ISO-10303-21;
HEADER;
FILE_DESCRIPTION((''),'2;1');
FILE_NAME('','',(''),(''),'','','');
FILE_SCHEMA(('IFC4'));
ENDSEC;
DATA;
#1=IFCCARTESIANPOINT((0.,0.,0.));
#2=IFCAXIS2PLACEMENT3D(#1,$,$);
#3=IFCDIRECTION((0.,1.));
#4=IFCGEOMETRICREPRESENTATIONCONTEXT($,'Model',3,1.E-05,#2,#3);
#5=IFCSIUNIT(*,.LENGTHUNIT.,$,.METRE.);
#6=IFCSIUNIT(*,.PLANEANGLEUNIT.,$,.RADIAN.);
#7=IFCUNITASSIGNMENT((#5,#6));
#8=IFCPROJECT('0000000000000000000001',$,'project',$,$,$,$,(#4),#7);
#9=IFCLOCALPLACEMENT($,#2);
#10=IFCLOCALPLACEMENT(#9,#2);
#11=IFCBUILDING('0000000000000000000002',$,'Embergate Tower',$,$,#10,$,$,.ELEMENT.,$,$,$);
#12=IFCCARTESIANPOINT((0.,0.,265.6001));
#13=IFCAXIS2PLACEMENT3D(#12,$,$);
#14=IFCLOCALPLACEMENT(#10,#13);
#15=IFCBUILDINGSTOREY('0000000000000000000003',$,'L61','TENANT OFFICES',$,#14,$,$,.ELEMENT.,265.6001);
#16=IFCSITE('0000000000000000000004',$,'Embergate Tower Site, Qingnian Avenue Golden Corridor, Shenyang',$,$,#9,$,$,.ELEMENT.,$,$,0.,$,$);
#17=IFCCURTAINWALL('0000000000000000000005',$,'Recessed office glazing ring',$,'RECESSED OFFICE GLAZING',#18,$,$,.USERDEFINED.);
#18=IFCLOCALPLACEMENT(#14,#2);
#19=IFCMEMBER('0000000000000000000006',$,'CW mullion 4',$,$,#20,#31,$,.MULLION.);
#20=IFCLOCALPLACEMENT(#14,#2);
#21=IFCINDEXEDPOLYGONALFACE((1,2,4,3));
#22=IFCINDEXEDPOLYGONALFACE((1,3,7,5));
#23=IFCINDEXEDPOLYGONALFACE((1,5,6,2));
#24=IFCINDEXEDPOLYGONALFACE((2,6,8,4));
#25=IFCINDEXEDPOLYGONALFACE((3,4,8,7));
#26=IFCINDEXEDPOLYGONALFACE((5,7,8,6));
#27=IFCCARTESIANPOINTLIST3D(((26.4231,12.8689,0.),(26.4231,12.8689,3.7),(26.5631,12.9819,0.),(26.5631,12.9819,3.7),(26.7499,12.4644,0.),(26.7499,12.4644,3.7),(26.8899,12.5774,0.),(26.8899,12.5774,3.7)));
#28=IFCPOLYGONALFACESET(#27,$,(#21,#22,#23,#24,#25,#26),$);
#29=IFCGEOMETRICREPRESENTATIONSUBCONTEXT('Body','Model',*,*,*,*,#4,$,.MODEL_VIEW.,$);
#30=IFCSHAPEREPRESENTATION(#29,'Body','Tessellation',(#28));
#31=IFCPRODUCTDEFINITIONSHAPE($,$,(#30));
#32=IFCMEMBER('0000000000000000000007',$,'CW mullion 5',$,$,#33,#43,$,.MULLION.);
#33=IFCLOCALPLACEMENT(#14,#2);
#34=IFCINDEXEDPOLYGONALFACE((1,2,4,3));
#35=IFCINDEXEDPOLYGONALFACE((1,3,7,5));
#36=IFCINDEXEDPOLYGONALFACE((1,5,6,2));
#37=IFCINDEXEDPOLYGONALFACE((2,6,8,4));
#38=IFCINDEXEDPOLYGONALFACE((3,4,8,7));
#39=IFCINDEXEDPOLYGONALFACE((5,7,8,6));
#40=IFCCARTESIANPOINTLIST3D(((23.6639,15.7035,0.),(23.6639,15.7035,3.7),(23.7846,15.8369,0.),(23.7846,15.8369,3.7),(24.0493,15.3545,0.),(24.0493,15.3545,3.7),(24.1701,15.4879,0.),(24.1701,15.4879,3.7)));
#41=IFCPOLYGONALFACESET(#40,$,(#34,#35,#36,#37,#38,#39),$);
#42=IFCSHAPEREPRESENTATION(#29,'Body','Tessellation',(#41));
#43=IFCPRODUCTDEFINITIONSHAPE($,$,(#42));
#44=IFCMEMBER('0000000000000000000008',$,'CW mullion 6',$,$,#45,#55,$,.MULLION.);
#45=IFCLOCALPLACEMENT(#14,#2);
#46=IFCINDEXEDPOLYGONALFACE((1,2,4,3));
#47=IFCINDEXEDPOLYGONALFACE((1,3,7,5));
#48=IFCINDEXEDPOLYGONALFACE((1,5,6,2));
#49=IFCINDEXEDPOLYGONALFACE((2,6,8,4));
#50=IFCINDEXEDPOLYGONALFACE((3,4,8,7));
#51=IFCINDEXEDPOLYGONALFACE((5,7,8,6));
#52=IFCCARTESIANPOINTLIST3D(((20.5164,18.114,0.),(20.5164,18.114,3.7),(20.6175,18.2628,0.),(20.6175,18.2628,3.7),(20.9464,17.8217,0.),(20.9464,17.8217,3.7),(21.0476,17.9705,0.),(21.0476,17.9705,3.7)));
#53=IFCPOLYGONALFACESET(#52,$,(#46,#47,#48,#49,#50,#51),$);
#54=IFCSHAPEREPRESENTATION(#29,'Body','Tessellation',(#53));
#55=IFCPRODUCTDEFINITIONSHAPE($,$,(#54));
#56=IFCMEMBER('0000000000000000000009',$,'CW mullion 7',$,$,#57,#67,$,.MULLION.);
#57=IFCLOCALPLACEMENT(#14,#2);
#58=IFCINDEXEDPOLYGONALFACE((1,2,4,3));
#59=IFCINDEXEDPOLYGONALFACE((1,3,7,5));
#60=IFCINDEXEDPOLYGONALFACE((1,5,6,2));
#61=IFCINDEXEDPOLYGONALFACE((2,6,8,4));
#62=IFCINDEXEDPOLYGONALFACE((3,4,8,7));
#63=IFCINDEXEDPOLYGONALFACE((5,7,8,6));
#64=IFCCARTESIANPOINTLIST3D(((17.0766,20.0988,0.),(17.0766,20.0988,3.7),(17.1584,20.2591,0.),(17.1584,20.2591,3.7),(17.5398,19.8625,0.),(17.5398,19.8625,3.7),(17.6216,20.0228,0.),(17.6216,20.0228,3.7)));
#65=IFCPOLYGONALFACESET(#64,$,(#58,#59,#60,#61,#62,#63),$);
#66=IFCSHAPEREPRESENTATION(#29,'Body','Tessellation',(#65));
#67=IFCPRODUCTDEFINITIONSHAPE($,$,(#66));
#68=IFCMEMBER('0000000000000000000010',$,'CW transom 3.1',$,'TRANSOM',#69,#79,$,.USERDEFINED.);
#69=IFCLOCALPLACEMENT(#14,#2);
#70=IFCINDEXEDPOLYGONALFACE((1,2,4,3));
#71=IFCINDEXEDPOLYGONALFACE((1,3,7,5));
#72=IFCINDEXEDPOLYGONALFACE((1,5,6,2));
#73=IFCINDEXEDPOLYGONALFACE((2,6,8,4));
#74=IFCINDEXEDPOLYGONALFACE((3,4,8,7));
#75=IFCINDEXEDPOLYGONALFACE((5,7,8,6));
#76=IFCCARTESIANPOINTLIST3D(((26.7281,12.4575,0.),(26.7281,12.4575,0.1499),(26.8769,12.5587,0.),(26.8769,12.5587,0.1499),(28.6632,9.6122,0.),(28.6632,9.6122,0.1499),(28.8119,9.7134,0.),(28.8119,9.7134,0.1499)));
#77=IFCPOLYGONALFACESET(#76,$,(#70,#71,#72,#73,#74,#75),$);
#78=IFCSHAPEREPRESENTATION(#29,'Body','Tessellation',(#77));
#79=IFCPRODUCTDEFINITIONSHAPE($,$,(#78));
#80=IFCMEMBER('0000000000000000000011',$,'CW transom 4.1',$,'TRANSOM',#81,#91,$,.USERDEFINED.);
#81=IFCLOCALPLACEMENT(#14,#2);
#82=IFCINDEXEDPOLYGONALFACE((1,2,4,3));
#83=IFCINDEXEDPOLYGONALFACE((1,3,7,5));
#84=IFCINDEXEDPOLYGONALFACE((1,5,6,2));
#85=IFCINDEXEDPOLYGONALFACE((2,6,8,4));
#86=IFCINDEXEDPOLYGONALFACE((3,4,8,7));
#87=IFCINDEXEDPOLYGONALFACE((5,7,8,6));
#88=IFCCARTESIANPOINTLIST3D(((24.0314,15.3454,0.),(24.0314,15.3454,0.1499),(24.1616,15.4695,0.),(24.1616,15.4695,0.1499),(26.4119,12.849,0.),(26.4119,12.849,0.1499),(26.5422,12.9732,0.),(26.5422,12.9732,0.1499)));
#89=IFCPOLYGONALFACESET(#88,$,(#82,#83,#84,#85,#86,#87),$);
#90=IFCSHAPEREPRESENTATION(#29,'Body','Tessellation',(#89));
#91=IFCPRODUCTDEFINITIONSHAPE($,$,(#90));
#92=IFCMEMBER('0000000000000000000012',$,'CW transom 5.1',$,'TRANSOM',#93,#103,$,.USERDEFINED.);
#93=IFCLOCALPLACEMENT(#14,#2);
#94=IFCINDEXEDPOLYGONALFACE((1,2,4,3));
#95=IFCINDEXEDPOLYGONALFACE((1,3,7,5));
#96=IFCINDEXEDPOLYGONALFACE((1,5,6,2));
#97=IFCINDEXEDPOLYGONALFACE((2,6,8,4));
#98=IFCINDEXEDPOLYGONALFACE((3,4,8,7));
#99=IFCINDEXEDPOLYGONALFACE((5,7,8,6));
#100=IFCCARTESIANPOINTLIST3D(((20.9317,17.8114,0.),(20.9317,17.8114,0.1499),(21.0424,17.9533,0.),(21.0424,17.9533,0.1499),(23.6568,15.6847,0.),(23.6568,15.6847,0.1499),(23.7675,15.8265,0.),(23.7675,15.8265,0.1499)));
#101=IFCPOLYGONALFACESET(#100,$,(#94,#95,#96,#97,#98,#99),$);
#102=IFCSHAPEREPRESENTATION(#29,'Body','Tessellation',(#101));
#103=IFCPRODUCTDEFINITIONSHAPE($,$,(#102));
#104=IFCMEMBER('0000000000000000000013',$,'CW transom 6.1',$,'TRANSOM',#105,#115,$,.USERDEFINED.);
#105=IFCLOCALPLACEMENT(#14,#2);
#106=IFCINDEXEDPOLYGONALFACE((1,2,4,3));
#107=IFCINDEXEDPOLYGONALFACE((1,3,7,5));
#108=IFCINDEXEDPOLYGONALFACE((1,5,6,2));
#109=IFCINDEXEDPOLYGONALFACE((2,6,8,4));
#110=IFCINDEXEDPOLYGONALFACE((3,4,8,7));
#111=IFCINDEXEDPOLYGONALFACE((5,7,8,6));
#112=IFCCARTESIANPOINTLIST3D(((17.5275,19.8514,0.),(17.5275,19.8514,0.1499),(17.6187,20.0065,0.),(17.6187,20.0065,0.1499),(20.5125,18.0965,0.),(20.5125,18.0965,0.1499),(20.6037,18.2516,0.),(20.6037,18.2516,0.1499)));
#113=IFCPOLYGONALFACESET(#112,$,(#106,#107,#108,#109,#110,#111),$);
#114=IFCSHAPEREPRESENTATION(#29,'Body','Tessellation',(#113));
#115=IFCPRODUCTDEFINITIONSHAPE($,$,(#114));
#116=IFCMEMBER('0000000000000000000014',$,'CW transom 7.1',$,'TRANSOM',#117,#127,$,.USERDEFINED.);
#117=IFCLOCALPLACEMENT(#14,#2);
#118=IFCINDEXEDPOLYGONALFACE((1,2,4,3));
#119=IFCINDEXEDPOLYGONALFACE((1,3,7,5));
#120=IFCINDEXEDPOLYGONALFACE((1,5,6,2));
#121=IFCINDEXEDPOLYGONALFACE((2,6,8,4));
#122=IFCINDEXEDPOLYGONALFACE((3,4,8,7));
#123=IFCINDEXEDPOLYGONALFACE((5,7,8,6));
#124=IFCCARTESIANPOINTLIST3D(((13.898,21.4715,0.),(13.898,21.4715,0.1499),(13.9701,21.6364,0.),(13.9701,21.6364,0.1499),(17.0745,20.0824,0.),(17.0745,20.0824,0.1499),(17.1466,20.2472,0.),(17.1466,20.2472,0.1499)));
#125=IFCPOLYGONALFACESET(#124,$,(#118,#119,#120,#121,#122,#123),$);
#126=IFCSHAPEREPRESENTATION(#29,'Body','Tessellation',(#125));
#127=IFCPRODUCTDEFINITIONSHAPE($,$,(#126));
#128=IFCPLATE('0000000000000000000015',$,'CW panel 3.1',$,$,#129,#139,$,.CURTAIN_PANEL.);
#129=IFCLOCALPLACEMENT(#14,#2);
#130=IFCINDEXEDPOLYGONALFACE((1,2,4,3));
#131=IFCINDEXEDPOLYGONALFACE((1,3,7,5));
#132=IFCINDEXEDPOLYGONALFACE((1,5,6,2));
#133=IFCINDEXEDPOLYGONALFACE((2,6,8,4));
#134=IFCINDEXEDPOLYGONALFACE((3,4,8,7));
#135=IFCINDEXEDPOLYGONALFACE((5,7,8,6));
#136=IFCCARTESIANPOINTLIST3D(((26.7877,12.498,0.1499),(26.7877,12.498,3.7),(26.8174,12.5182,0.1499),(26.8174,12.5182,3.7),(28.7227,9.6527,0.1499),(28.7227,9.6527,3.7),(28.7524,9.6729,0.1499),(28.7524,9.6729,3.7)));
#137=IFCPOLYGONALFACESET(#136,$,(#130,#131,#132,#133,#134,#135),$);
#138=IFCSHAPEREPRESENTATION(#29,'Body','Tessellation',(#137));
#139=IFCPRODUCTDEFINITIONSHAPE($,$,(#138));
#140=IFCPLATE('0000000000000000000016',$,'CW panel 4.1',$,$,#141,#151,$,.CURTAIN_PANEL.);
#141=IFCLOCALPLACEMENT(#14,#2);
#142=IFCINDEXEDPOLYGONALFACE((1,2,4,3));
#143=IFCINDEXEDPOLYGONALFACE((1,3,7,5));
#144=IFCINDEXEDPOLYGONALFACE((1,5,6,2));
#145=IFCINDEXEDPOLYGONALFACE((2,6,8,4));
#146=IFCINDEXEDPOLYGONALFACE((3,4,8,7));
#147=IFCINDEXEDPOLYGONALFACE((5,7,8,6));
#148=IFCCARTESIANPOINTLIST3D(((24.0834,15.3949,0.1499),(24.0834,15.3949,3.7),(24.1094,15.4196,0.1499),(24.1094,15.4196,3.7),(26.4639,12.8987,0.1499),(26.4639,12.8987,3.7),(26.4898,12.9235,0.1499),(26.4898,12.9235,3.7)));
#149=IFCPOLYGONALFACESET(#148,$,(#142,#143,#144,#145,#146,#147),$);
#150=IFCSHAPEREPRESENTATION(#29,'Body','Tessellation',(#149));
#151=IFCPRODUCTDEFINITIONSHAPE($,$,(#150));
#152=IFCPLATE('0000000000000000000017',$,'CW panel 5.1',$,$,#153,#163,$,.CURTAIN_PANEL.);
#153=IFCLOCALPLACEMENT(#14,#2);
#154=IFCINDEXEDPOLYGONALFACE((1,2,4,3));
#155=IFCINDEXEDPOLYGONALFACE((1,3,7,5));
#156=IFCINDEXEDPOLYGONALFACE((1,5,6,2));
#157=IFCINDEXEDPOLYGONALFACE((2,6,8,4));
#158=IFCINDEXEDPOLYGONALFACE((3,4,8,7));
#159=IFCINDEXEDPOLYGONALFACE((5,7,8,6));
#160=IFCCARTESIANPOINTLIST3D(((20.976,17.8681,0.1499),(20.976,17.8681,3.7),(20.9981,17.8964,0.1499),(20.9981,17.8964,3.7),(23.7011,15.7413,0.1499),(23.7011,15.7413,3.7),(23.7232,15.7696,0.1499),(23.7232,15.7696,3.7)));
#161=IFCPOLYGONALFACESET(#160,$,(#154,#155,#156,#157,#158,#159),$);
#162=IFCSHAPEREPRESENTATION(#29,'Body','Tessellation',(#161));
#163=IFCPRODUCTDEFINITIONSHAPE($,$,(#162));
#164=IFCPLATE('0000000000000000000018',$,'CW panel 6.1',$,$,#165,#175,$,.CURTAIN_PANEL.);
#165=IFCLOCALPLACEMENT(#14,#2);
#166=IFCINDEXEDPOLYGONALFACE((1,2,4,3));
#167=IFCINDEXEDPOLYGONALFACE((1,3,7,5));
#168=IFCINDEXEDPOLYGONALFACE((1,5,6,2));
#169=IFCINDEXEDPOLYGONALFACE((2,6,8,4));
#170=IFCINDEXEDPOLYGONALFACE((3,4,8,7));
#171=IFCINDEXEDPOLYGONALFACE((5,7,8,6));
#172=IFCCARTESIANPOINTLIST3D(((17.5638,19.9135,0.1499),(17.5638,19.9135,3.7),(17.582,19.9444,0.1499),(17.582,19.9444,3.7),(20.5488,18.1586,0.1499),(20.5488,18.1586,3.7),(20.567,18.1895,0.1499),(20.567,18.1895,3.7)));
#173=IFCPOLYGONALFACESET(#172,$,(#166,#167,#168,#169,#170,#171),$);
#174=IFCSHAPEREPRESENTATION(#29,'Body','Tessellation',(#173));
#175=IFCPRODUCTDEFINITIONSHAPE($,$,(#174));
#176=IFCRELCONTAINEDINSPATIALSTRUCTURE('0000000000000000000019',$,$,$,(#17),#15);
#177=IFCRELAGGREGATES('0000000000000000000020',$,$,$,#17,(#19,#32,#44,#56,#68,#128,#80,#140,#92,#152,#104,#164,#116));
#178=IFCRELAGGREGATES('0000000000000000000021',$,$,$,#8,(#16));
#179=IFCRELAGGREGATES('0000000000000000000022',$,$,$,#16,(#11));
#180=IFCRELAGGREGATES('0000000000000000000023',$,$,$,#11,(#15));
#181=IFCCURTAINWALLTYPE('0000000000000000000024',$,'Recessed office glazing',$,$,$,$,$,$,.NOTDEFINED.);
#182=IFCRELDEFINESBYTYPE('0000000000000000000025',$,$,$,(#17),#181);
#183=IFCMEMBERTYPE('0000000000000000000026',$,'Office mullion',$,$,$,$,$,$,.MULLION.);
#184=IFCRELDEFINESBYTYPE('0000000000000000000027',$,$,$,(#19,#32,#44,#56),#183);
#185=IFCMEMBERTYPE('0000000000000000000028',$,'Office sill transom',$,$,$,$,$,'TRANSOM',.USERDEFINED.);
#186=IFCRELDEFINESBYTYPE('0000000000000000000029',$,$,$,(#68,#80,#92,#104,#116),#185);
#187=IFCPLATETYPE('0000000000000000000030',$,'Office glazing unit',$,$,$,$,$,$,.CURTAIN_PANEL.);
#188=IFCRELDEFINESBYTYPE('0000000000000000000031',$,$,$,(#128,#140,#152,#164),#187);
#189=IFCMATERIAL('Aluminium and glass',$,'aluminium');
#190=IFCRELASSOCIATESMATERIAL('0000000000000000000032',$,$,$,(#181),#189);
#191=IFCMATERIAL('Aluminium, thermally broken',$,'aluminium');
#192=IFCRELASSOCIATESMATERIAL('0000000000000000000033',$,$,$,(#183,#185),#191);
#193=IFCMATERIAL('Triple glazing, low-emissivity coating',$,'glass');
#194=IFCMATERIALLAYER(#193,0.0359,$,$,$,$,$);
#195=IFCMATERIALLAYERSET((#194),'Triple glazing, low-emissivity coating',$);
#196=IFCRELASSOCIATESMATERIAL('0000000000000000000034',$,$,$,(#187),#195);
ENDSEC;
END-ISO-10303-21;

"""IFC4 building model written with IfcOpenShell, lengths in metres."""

from ifc_helpers import new_model, si_unit, direction, frame, origin, origin_2d, place, context, subcontext, project, spatial, rectangle, extrude, source, transform, mapped, material, layer, layer_set, material_profile, profile_set, type_object, element, aggregate, save


model = new_model("IFC4")

# Units and contexts
model_context = context("Model", 3, precision=1e-05, world=origin(), true_north=direction((0.0, 1.0)))
body_context = subcontext(model_context, "Body", "Model", "MODEL_VIEW")
ifc_project = project(units=[si_unit("LENGTHUNIT", "METRE"), si_unit("PLANEANGLEUNIT", "RADIAN")], contexts=[model_context])

# Site, building, storey
site_placement = place(None, origin())
site = spatial("IfcSite", under=ifc_project, at=site_placement, Name="Embergate Tower Site, Qingnian Avenue Golden Corridor, Shenyang", CompositionType="ELEMENT", RefElevation=0.0)
building_placement = place(site_placement, origin())
building = spatial("IfcBuilding", under=site, at=building_placement, Name="Embergate Tower", CompositionType="ELEMENT")
storey_placement = place(building_placement, frame((0.0, 0.0, 265.6001)))
storey = spatial("IfcBuildingStorey", under=building, at=storey_placement, Name="L61", Description="TENANT OFFICES", CompositionType="ELEMENT", Elevation=265.6001)

# Curtain wall, members, plates
ifc_material_1 = material(Name="Aluminium and glass", Category="aluminium")
curtain_wall_type = type_object("IfcCurtainWallType", Name="Recessed office glazing", PredefinedType="NOTDEFINED", material=ifc_material_1)
curtain_wall_placement = place(storey_placement, origin())
curtain_wall = element("IfcCurtainWall", 1, at=curtain_wall_placement, inside=storey, type_object=curtain_wall_type, Name="Recessed office glazing ring", ObjectType="RECESSED OFFICE GLAZING", PredefinedType="USERDEFINED")
ifc_material_2 = material(Name="Aluminium, thermally broken", Category="aluminium")
ifc_material_profile_1 = material_profile(ifc_material_2, rectangle(XDim=0.1799, YDim=0.52, at=origin_2d()), Name="AL 520x180")
ifc_profile_set_1 = profile_set([ifc_material_profile_1], Name="Aluminium, thermally broken")
member_type_1 = type_object("IfcMemberType", Name="Office mullion", PredefinedType="MULLION", material=ifc_profile_set_1)
shared_shape_1 = source(origin(), body_context, "Body", "SweptSolid", [
    extrude(rectangle(XDim=0.1799, YDim=0.52, at=origin_2d()), origin(), (0.0, 0.0, 1.0), 3.7),
])
member_1_placement = place(storey_placement, frame((26.6565, 12.7231, 0.0), z_axis=(0.0, 0.0, 1.0), x_axis=(-0.777862, -0.628436, 0.0)))
member_1 = element("IfcMember", 2, at=member_1_placement, type_object=member_type_1, Name="CW mullion 4", PredefinedType="MULLION", context=body_context, shape_type="MappedRepresentation", body=[
    mapped(shared_shape_1, transform((0.0, 0.0, 0.0))),
])
member_2_placement = place(storey_placement, frame((23.917, 15.5957, 0.0), z_axis=(0.0, 0.0, 1.0), x_axis=(-0.671216, -0.741262, 0.0)))
member_2 = element("IfcMember", 3, at=member_2_placement, type_object=member_type_1, Name="CW mullion 5", PredefinedType="MULLION", context=body_context, shape_type="MappedRepresentation", body=[
    mapped(shared_shape_1, transform((0.0, 0.0, 0.0))),
])
member_3_placement = place(storey_placement, frame((20.782, 18.0422, 0.0), z_axis=(0.0, 0.0, 1.0), x_axis=(-0.562208, -0.826996, 0.0)))
member_3 = element("IfcMember", 4, at=member_3_placement, type_object=member_type_1, Name="CW mullion 6", PredefinedType="MULLION", context=body_context, shape_type="MappedRepresentation", body=[
    mapped(shared_shape_1, transform((0.0, 0.0, 0.0))),
])
member_4_placement = place(storey_placement, frame((17.3491, 20.0608, 0.0), z_axis=(0.0, 0.0, 1.0), x_axis=(-0.454504, -0.890745, 0.0)))
member_4 = element("IfcMember", 5, at=member_4_placement, type_object=member_type_1, Name="CW mullion 7", PredefinedType="MULLION", context=body_context, shape_type="MappedRepresentation", body=[
    mapped(shared_shape_1, transform((0.0, 0.0, 0.0))),
])
ifc_material_profile_2 = material_profile(ifc_material_2, rectangle(XDim=0.1799, YDim=0.1499, at=origin_2d()), Name="AL 150x180")
ifc_profile_set_2 = profile_set([ifc_material_profile_2], Name="Aluminium, thermally broken")
member_type_2 = type_object("IfcMemberType", Name="Office sill transom", ElementType="TRANSOM", PredefinedType="USERDEFINED", material=ifc_profile_set_2)
shared_shape_2 = source(origin(), body_context, "Body", "SweptSolid", [
    extrude(rectangle(XDim=0.1799, YDim=0.1499, at=origin_2d()), origin(), (0.0, 0.0, 1.0), 3.4409),
])
member_5_placement = place(storey_placement, frame((28.7375, 9.6628, 0.075), z_axis=(-0.562372, 0.826884, 0.0), x_axis=(-0.826884, -0.562372, 0.0)))
member_5 = element("IfcMember", 6, at=member_5_placement, type_object=member_type_2, Name="CW transom 3.1", ObjectType="TRANSOM", PredefinedType="USERDEFINED", context=body_context, shape_type="MappedRepresentation", body=[
    mapped(shared_shape_2, transform((0.0, 0.0, 0.0))),
])
shared_shape_3 = source(origin(), body_context, "Body", "SweptSolid", [
    extrude(rectangle(XDim=0.1799, YDim=0.1499, at=origin_2d()), origin(), (0.0, 0.0, 1.0), 3.4495),
])
member_6_placement = place(storey_placement, frame((26.4771, 12.9111, 0.075), z_axis=(-0.690134, 0.723682, 0.0), x_axis=(-0.723682, -0.690134, 0.0)))
member_6 = element("IfcMember", 7, at=member_6_placement, type_object=member_type_2, Name="CW transom 4.1", ObjectType="TRANSOM", PredefinedType="USERDEFINED", context=body_context, shape_type="MappedRepresentation", body=[
    mapped(shared_shape_3, transform((0.0, 0.0, 0.0))),
])
shared_shape_4 = source(origin(), body_context, "Body", "SweptSolid", [
    extrude(rectangle(XDim=0.1799, YDim=0.1499, at=origin_2d()), origin(), (0.0, 0.0, 1.0), 3.4568),
])
member_7_placement = place(storey_placement, frame((23.7122, 15.7556, 0.075), z_axis=(-0.788343, 0.615236, 0.0), x_axis=(-0.615236, -0.788343, 0.0)))
member_7 = element("IfcMember", 8, at=member_7_placement, type_object=member_type_2, Name="CW transom 5.1", ObjectType="TRANSOM", PredefinedType="USERDEFINED", context=body_context, shape_type="MappedRepresentation", body=[
    mapped(shared_shape_4, transform((0.0, 0.0, 0.0))),
])
shared_shape_5 = source(origin(), body_context, "Body", "SweptSolid", [
    extrude(rectangle(XDim=0.1799, YDim=0.1499, at=origin_2d()), origin(), (0.0, 0.0, 1.0), 3.4626),
])
member_8_placement = place(storey_placement, frame((20.5581, 18.1741, 0.075), z_axis=(-0.862068, 0.506792, 0.0), x_axis=(-0.506792, -0.862068, 0.0)))
member_8 = element("IfcMember", 9, at=member_8_placement, type_object=member_type_2, Name="CW transom 6.1", ObjectType="TRANSOM", PredefinedType="USERDEFINED", context=body_context, shape_type="MappedRepresentation", body=[
    mapped(shared_shape_5, transform((0.0, 0.0, 0.0))),
])
shared_shape_6 = source(origin(), body_context, "Body", "SweptSolid", [
    extrude(rectangle(XDim=0.1799, YDim=0.1499, at=origin_2d()), origin(), (0.0, 0.0, 1.0), 3.467),
])
member_9_placement = place(storey_placement, frame((17.1106, 20.1648, 0.075), z_axis=(-0.916217, 0.400682, 0.0), x_axis=(-0.400682, -0.916217, 0.0)))
member_9 = element("IfcMember", 10, at=member_9_placement, type_object=member_type_2, Name="CW transom 7.1", ObjectType="TRANSOM", PredefinedType="USERDEFINED", context=body_context, shape_type="MappedRepresentation", body=[
    mapped(shared_shape_6, transform((0.0, 0.0, 0.0))),
])
ifc_material_3 = material(Name="Triple glazing, low-emissivity coating", Category="glass")
ifc_layer_1 = layer(ifc_material_3, 0.0359)
ifc_layer_set_1 = layer_set([ifc_layer_1], Name="Triple glazing, low-emissivity coating")
plate_type = type_object("IfcPlateType", Name="Office glazing unit", PredefinedType="CURTAIN_PANEL", material=ifc_layer_set_1)
shared_shape_7 = source(origin(), body_context, "Body", "SweptSolid", [
    extrude(rectangle(XDim=3.4409, YDim=0.0359, at=origin_2d()), origin(), (0.0, 0.0, 1.0), 3.55),
])
plate_1_placement = place(storey_placement, frame((27.77, 11.0854, 0.1499), z_axis=(0.0, 0.0, 1.0), x_axis=(-0.562349, 0.8269, 0.0)))
plate_1 = element("IfcPlate", 11, at=plate_1_placement, type_object=plate_type, Name="CW panel 3.1", PredefinedType="CURTAIN_PANEL", context=body_context, shape_type="MappedRepresentation", body=[
    mapped(shared_shape_7, transform((0.0, 0.0, 0.0))),
])
shared_shape_8 = source(origin(), body_context, "Body", "SweptSolid", [
    extrude(rectangle(XDim=3.4492, YDim=0.0359, at=origin_2d()), origin(), (0.0, 0.0, 1.0), 3.55),
])
plate_2_placement = place(storey_placement, frame((25.2866, 14.1592, 0.1499), z_axis=(0.0, 0.0, 1.0), x_axis=(-0.690139, 0.723677, 0.0)))
plate_2 = element("IfcPlate", 12, at=plate_2_placement, type_object=plate_type, Name="CW panel 4.1", PredefinedType="CURTAIN_PANEL", context=body_context, shape_type="MappedRepresentation", body=[
    mapped(shared_shape_8, transform((0.0, 0.0, 0.0))),
])
shared_shape_9 = source(origin(), body_context, "Body", "SweptSolid", [
    extrude(rectangle(XDim=3.4568, YDim=0.0359, at=origin_2d()), origin(), (0.0, 0.0, 1.0), 3.55),
])
plate_3_placement = place(storey_placement, frame((22.3496, 16.8188, 0.1499), z_axis=(0.0, 0.0, 1.0), x_axis=(-0.788323, 0.615261, 0.0)))
plate_3 = element("IfcPlate", 13, at=plate_3_placement, type_object=plate_type, Name="CW panel 5.1", PredefinedType="CURTAIN_PANEL", context=body_context, shape_type="MappedRepresentation", body=[
    mapped(shared_shape_9, transform((0.0, 0.0, 0.0))),
])
shared_shape_10 = source(origin(), body_context, "Body", "SweptSolid", [
    extrude(rectangle(XDim=3.4626, YDim=0.0359, at=origin_2d()), origin(), (0.0, 0.0, 1.0), 3.55),
])
plate_4_placement = place(storey_placement, frame((19.0654, 19.0515, 0.1499), z_axis=(0.0, 0.0, 1.0), x_axis=(-0.862055, 0.506815, 0.0)))
plate_4 = element("IfcPlate", 14, at=plate_4_placement, type_object=plate_type, Name="CW panel 6.1", PredefinedType="CURTAIN_PANEL", context=body_context, shape_type="MappedRepresentation", body=[
    mapped(shared_shape_10, transform((0.0, 0.0, 0.0))),
])
aggregate(curtain_wall, [member_1, member_2, member_3, member_4, member_5, plate_1, member_6, plate_2, member_7, plate_3, member_8, plate_4, member_9])

save(model, "model.ifc")
